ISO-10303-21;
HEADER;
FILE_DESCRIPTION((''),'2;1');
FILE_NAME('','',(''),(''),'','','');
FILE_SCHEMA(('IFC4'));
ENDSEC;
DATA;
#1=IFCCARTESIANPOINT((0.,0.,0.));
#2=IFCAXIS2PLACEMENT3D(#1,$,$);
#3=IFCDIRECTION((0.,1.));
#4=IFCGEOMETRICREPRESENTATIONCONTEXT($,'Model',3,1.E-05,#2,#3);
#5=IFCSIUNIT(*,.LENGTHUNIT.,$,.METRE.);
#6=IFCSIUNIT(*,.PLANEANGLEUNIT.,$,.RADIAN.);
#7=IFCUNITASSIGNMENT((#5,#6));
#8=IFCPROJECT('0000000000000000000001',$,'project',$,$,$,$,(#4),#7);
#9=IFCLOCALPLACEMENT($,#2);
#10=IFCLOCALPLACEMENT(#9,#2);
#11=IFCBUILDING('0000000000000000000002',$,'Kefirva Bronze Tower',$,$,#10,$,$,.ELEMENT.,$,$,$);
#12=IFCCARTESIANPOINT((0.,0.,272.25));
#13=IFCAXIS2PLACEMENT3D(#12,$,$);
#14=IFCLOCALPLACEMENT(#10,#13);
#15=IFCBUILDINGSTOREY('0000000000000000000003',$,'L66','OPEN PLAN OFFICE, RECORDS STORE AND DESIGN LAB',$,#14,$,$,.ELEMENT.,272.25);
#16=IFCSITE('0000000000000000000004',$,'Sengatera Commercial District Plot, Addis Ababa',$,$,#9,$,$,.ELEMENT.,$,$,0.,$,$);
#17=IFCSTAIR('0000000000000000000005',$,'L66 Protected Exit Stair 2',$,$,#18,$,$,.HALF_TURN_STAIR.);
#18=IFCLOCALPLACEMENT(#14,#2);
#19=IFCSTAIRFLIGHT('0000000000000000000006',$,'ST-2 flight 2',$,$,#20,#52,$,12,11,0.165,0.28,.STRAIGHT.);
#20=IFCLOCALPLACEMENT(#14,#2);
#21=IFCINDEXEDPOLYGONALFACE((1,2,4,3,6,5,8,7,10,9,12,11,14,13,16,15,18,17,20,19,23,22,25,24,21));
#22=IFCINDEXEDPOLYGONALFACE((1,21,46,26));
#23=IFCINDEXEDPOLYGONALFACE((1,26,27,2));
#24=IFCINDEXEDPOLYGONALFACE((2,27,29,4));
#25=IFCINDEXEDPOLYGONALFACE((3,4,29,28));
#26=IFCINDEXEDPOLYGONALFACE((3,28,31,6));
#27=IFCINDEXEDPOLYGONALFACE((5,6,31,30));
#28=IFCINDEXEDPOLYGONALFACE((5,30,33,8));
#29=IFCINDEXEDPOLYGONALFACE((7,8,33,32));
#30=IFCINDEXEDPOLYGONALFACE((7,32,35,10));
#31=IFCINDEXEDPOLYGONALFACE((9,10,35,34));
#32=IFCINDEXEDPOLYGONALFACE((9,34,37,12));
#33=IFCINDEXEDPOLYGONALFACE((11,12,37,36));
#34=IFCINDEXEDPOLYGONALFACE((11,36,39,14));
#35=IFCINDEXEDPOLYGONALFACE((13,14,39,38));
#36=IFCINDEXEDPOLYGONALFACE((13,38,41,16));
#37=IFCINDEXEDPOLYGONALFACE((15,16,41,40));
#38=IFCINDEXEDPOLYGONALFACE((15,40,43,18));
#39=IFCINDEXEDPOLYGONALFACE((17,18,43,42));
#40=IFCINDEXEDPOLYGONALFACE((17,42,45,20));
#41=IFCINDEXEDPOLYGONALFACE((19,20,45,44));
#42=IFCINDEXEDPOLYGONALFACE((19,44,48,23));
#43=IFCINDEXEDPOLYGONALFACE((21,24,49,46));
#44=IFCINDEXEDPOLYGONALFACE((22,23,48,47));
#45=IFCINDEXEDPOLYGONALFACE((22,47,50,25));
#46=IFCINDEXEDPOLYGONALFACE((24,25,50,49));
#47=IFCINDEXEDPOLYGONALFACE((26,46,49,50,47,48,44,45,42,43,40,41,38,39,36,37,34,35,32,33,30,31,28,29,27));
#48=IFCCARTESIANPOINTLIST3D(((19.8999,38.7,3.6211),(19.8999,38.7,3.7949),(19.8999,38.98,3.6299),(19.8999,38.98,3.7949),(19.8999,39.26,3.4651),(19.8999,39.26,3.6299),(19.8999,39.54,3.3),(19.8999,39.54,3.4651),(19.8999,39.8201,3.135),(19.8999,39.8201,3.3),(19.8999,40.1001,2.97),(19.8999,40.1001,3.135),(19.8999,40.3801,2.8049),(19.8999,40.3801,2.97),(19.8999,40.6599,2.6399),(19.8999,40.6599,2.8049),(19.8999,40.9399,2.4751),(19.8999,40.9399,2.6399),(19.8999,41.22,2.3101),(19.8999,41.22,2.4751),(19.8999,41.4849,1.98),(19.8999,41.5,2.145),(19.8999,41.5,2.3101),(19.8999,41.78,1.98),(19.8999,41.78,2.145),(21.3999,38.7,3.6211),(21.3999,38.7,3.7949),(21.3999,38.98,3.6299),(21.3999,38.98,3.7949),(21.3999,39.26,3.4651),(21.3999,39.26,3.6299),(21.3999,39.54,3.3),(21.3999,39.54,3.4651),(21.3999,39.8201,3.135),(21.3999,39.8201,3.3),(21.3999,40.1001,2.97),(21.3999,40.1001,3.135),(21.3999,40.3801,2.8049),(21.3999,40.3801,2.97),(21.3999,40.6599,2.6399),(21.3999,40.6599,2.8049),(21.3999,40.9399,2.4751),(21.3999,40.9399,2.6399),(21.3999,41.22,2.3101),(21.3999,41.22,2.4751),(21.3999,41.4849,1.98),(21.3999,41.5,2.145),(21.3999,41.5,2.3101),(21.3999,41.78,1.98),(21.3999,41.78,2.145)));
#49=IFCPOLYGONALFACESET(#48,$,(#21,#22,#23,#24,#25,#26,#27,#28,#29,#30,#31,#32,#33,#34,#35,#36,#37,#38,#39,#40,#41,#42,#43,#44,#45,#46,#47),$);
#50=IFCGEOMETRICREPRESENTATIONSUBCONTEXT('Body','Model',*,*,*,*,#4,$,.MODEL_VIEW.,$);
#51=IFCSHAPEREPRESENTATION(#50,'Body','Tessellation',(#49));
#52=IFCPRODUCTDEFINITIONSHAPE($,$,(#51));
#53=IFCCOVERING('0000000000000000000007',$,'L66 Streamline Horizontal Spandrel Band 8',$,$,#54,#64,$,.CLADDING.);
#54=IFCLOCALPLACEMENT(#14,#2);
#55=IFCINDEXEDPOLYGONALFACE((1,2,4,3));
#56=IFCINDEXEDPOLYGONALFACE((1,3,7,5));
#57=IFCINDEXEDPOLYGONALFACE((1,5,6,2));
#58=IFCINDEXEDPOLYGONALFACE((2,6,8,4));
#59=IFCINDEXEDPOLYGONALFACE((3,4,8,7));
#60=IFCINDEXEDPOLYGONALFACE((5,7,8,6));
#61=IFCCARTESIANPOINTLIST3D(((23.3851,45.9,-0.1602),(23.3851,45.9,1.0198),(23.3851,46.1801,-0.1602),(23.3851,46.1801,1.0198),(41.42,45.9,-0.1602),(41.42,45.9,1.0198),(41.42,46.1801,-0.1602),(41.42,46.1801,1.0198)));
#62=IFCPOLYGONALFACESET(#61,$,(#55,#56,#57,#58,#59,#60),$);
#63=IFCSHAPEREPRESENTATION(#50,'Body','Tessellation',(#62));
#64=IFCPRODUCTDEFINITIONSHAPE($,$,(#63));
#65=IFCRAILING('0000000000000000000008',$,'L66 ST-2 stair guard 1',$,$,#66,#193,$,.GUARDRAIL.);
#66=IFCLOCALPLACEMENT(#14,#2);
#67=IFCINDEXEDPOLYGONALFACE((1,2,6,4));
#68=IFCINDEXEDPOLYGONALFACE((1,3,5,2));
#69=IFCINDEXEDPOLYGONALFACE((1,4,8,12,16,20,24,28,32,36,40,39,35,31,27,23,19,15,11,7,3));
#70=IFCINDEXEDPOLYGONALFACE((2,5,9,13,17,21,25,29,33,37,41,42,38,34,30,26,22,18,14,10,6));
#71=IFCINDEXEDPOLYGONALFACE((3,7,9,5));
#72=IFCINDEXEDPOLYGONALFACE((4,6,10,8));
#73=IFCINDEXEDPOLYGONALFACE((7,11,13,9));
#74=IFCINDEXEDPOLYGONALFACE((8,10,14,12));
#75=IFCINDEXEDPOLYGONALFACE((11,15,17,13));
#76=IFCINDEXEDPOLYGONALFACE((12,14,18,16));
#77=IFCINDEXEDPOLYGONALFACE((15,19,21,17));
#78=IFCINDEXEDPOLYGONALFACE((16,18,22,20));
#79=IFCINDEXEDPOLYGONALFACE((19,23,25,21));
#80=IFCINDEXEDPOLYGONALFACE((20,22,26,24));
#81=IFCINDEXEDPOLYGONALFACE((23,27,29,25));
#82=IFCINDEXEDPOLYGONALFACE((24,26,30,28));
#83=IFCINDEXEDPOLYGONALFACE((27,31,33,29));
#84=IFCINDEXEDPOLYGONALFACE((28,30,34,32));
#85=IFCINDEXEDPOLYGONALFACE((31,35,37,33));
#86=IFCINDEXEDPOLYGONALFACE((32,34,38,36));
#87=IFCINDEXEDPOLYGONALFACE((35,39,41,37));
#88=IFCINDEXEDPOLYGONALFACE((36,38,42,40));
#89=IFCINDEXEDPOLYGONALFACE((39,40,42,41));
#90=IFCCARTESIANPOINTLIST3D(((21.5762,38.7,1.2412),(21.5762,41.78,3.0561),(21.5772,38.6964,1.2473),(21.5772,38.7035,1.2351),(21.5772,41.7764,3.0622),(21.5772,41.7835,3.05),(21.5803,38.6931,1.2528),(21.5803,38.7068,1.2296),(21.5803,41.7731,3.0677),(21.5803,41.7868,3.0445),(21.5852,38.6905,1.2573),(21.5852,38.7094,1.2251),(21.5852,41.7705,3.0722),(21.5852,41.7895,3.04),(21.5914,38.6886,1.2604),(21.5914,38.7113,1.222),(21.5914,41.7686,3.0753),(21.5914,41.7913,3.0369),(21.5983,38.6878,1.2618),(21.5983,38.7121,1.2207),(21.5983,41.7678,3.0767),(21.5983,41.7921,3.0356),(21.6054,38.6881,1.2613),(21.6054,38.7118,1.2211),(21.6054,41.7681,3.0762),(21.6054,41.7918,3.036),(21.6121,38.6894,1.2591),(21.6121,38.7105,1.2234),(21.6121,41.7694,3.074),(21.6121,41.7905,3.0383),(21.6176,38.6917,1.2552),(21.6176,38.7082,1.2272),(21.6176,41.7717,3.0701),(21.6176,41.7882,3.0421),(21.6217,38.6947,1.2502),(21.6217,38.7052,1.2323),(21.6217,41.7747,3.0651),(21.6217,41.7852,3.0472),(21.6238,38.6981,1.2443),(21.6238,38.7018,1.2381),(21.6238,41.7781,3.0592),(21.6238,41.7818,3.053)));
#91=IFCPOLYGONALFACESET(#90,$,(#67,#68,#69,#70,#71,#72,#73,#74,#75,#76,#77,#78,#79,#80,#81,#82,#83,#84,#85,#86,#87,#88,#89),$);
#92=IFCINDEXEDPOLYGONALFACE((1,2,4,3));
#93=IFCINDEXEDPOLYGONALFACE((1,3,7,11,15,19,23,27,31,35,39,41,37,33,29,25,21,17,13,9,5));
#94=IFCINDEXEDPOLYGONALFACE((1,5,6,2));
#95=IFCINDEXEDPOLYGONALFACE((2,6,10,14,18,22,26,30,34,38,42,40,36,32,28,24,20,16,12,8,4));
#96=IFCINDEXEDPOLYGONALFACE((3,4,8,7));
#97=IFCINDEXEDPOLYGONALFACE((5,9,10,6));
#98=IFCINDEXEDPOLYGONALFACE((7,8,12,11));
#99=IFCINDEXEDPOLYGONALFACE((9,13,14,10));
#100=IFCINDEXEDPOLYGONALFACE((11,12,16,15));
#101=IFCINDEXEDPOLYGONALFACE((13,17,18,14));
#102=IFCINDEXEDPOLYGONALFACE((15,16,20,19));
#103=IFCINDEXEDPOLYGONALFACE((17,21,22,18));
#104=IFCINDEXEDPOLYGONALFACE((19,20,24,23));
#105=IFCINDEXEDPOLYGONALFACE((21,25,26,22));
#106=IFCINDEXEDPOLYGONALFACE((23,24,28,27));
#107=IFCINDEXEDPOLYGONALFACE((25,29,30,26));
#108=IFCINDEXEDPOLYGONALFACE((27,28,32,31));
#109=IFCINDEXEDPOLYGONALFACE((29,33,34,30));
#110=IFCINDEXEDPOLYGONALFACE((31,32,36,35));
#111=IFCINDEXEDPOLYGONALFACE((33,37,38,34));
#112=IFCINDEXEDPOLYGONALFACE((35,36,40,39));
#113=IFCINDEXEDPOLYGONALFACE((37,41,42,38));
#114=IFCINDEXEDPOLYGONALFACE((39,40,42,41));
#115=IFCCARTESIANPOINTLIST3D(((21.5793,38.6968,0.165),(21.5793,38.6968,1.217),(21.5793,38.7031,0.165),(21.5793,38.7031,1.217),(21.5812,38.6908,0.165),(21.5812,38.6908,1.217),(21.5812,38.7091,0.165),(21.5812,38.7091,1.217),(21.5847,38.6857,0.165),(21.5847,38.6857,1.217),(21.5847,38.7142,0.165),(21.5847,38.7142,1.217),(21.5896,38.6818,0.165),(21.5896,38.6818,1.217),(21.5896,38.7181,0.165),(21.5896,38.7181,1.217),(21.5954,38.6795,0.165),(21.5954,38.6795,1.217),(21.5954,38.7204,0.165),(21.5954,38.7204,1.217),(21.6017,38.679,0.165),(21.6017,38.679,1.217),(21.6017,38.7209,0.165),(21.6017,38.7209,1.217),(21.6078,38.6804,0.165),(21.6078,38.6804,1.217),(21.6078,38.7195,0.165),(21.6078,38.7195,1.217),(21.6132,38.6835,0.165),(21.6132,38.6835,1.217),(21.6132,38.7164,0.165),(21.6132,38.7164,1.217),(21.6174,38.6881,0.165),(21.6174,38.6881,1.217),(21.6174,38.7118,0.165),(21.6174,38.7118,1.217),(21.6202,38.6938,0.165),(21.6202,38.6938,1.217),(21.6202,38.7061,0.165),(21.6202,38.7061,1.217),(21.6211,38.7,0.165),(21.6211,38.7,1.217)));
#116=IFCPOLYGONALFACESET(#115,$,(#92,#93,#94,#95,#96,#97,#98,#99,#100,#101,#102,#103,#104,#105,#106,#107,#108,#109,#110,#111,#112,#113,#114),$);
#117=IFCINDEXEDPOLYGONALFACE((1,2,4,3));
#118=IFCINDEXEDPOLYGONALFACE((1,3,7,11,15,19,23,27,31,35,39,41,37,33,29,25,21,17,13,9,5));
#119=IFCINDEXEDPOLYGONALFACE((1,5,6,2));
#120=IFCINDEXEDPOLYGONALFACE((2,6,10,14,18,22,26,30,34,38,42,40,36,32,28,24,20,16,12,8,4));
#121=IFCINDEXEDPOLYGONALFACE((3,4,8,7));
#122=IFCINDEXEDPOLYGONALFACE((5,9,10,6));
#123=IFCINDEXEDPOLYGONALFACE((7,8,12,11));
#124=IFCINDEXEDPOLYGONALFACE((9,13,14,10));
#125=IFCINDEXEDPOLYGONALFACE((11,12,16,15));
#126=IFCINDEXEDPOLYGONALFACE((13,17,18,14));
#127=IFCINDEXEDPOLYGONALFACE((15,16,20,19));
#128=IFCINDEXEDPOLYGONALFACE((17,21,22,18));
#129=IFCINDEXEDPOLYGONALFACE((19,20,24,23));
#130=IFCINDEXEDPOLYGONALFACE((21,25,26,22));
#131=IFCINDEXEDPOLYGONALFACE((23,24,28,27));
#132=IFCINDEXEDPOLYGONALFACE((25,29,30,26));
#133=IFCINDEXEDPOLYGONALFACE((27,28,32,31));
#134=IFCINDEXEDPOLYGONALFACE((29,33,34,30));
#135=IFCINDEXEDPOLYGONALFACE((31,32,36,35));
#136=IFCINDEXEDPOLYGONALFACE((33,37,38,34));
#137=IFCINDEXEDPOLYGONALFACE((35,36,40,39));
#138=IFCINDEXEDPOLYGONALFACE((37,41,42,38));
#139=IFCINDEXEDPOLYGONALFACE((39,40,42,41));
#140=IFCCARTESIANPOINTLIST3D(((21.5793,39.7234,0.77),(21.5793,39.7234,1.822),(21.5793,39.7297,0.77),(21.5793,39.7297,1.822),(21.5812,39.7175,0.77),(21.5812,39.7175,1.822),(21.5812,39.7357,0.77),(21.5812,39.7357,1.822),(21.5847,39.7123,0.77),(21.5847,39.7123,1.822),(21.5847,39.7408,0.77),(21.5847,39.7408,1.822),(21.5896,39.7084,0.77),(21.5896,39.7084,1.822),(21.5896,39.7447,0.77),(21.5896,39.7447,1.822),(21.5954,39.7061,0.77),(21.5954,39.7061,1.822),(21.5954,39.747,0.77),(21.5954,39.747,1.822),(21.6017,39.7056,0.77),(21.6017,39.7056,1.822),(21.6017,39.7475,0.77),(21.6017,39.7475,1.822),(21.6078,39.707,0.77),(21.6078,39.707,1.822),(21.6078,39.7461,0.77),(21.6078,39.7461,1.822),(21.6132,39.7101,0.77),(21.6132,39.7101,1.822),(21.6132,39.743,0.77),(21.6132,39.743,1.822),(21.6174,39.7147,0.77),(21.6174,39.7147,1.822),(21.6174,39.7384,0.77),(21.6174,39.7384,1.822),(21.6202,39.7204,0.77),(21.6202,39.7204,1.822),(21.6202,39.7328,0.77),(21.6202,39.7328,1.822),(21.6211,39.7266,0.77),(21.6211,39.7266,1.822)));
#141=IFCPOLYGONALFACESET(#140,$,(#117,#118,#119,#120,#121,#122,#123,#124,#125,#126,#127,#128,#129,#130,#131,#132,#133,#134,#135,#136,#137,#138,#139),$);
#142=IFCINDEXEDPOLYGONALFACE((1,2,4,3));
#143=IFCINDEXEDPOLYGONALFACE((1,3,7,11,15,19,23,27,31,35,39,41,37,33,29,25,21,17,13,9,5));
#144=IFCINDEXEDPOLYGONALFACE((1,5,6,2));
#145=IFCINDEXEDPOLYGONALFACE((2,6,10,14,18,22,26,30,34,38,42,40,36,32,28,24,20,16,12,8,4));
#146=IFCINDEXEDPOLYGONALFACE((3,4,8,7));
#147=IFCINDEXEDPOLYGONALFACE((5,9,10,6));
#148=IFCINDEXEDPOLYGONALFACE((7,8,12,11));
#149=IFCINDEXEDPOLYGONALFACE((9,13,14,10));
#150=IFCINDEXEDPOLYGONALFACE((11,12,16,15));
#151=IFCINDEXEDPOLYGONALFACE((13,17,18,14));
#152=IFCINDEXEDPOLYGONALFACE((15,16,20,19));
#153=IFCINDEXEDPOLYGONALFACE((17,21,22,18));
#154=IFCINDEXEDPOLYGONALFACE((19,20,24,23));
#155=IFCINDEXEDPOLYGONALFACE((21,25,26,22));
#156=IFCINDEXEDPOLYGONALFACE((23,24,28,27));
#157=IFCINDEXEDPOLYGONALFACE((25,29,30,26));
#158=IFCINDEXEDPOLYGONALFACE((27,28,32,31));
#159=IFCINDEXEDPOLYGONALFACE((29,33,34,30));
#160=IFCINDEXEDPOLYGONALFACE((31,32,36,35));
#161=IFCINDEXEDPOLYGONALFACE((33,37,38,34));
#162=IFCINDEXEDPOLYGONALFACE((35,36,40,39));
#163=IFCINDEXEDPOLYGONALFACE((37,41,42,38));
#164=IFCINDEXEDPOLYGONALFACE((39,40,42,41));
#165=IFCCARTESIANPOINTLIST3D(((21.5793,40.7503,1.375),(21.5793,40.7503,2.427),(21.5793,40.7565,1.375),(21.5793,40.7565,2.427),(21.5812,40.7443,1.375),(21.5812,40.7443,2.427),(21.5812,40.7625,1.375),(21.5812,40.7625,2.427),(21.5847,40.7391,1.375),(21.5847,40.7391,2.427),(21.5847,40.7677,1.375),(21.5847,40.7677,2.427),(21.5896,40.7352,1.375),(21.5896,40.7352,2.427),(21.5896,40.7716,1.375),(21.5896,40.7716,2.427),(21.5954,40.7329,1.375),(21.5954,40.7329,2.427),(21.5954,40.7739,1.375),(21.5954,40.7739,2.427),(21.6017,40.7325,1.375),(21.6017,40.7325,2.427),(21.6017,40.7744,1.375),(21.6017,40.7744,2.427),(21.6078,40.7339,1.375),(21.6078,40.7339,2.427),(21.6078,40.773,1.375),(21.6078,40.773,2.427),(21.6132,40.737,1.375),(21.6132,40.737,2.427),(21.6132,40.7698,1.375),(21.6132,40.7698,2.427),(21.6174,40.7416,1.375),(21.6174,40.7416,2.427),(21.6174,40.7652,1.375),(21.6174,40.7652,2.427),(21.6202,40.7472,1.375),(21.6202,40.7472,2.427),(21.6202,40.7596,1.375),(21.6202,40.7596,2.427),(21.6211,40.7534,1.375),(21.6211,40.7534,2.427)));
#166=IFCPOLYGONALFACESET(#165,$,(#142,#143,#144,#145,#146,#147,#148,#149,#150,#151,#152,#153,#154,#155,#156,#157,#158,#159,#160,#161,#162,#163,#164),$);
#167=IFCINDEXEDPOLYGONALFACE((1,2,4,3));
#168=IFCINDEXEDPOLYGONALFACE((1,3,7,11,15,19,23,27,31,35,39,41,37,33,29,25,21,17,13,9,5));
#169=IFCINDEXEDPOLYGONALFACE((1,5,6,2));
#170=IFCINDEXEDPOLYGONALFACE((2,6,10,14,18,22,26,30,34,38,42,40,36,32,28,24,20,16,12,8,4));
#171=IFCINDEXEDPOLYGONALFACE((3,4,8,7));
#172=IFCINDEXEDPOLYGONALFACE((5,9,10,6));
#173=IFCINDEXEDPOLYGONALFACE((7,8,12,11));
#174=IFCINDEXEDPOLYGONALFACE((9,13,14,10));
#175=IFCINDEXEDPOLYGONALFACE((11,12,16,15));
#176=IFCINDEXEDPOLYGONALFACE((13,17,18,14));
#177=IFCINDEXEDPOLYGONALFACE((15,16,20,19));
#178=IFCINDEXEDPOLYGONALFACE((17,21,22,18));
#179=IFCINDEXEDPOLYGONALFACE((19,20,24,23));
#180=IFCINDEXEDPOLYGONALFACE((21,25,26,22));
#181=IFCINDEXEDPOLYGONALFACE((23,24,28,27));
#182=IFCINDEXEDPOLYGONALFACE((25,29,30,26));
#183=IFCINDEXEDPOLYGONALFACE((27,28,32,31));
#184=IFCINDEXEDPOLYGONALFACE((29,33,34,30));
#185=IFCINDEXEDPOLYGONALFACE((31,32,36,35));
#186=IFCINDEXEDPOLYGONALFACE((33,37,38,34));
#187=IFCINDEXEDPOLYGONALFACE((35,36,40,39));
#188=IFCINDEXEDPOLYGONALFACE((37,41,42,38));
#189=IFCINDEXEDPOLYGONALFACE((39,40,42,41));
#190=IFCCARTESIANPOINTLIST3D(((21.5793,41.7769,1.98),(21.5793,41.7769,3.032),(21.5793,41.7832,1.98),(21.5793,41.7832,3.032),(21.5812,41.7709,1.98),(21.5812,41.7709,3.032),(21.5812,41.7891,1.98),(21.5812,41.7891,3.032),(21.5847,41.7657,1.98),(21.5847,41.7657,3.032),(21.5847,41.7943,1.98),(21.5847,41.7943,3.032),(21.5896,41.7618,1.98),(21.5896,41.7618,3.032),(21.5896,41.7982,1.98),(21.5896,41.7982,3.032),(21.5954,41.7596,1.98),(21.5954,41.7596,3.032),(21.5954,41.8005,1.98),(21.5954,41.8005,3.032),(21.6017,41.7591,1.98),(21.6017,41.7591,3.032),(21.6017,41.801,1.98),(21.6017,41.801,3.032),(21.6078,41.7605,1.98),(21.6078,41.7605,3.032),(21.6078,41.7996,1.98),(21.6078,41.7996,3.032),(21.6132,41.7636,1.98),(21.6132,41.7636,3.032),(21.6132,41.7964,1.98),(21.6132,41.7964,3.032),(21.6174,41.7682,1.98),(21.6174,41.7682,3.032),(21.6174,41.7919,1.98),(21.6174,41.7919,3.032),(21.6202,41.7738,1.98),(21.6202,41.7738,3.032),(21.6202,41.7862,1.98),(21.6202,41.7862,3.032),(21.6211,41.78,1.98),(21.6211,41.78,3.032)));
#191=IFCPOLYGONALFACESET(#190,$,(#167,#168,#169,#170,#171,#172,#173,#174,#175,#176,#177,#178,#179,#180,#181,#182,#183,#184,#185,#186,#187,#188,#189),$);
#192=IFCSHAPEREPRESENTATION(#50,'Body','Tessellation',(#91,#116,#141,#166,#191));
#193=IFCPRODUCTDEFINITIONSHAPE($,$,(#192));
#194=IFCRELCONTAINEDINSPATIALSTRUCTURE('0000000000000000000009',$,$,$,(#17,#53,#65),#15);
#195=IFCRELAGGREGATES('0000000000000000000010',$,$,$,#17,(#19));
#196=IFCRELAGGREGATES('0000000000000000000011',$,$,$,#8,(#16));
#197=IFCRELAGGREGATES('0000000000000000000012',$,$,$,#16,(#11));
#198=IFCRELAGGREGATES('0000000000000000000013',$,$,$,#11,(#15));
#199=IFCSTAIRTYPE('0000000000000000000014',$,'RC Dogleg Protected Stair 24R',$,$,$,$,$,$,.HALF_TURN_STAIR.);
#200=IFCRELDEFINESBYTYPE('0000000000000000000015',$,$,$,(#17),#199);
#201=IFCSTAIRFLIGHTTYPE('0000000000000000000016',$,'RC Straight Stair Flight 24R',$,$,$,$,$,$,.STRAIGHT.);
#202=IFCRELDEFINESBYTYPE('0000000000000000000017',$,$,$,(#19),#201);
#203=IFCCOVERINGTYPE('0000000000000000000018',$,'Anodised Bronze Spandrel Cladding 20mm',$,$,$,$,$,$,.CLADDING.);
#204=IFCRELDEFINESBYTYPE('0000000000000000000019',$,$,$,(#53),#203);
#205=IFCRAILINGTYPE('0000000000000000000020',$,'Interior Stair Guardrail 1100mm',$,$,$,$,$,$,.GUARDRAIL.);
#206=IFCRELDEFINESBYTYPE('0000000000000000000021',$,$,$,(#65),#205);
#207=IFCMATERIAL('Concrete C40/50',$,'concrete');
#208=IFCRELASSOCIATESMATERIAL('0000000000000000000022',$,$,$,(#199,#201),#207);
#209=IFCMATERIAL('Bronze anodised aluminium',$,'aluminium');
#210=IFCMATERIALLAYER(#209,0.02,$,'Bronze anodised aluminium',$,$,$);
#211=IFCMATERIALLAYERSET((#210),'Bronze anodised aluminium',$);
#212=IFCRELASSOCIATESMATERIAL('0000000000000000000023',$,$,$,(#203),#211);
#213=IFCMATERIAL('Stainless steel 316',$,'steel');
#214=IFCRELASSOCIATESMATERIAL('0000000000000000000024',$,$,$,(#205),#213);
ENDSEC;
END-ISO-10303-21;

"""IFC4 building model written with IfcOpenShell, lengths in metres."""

from ifc_helpers import new_model, si_unit, direction, frame, origin, origin_2d, place, context, subcontext, project, spatial, polyline, rectangle, circle, outline, extrude, material, layer, layer_set, type_object, element, aggregate, save


model = new_model("IFC4")

# Units and contexts
model_context = context("Model", 3, precision=1e-05, world=origin(), true_north=direction((0.0, 1.0)))
body_context = subcontext(model_context, "Body", "Model", "MODEL_VIEW")
ifc_project = project(units=[si_unit("LENGTHUNIT", "METRE"), si_unit("PLANEANGLEUNIT", "RADIAN")], contexts=[model_context])

# Site, building, storey
site_placement = place(None, origin())
site = spatial("IfcSite", under=ifc_project, at=site_placement, Name="Sengatera Commercial District Plot, Addis Ababa", CompositionType="ELEMENT", RefElevation=0.0)
building_placement = place(site_placement, origin())
building = spatial("IfcBuilding", under=site, at=building_placement, Name="Kefirva Bronze Tower", CompositionType="ELEMENT")
storey_placement = place(building_placement, frame((0.0, 0.0, 272.25)))
storey = spatial("IfcBuildingStorey", under=building, at=storey_placement, Name="L66", Description="OPEN PLAN OFFICE, RECORDS STORE AND DESIGN LAB", CompositionType="ELEMENT", Elevation=272.25)

# Shared definitions
ifc_material_1 = material(Name="Bronze anodised aluminium", Category="aluminium")

# Stair, stair flight
ifc_material_2 = material(Name="Concrete C40/50", Category="concrete")
stair_type = type_object("IfcStairType", Name="RC Dogleg Protected Stair 24R", PredefinedType="HALF_TURN_STAIR", material=ifc_material_2)
stair_placement = place(storey_placement, origin())
stair = element("IfcStair", 1, at=stair_placement, inside=storey, type_object=stair_type, Name="L66 Protected Exit Stair 2", PredefinedType="HALF_TURN_STAIR")
stair_flight_type = type_object("IfcStairFlightType", Name="RC Straight Stair Flight 24R", PredefinedType="STRAIGHT", material=ifc_material_2)
stair_flight_1_placement = place(storey_placement, frame((20.6499, 41.78, 1.98), z_axis=(0.0, 0.0, 1.0), x_axis=(0.0, -1.0, 0.0)))
stair_flight_1 = element("IfcStairFlight", 2, at=stair_flight_1_placement, type_object=stair_flight_type, Name="ST-2 flight 2", NumberOfRisers=12, NumberOfTreads=11, PredefinedType="STRAIGHT", RiserHeight=0.165, TreadLength=0.28, context=body_context, shape_type="SweptSolid", body=[
    extrude(outline(polyline([(0.0, 0.0), (0.0, 0.165), (0.28, 0.165), (0.28, 0.3301), (0.5601, 0.3301), (0.5601, 0.4951), (0.8401, 0.4951), (0.8401, 0.6599), (1.1201, 0.6599), (1.1201, 0.825), (1.3999, 0.825), (1.3999, 0.99), (1.6799, 0.99), (1.6799, 1.155), (1.96, 1.155), (1.96, 1.3201), (2.24, 1.3201), (2.24, 1.4851), (2.52, 1.4851), (2.52, 1.6499), (2.8, 1.6499), (2.8, 1.8149), (3.0801, 1.8149), (3.0801, 1.98), (3.0801, 1.6411), (0.2952, 0.0), (0.0, 0.0)])), frame((0.0, 0.75, 0.0), z_axis=(0.0, -1.0, 0.0), x_axis=(1.0, 0.0, 0.0)), (0.0, 0.0, 1.0), 1.5),
])
aggregate(stair, [stair_flight_1])

# Covering
ifc_layer_1 = layer(ifc_material_1, 0.02, Name="Bronze anodised aluminium")
ifc_layer_set_1 = layer_set([ifc_layer_1], Name="Bronze anodised aluminium")
covering_type_1 = type_object("IfcCoveringType", Name="Anodised Bronze Spandrel Cladding 20mm", PredefinedType="CLADDING", material=ifc_layer_set_1)
covering_1_placement = place(storey_placement, frame((32.4026, 46.04, -0.1602), z_axis=(0.0, 0.0, 1.0), x_axis=(-1.0, 0.0, 0.0)))
element("IfcCovering", 3, at=covering_1_placement, inside=storey, type_object=covering_type_1, Name="L66 Streamline Horizontal Spandrel Band 8", PredefinedType="CLADDING", context=body_context, shape_type="SweptSolid", body=[
    extrude(rectangle(XDim=18.0349, YDim=0.28, at=origin_2d()), origin(), (0.0, 0.0, 1.0), 1.1799),
])

# Railing
ifc_material_3 = material(Name="Stainless steel 316", Category="steel")
railing_type_1 = type_object("IfcRailingType", Name="Interior Stair Guardrail 1100mm", PredefinedType="GUARDRAIL", material=ifc_material_3)
railing_1_placement = place(storey_placement, frame((21.6001, 38.7, 0.165)))
element("IfcRailing", 4, at=railing_1_placement, inside=storey, type_object=railing_type_1, Name="L66 ST-2 stair guard 1", PredefinedType="GUARDRAIL", context=body_context, shape_type="SweptSolid", body=[
    extrude(circle(Radius=0.0239, at=origin_2d()), frame((0.0, 0.0, 1.0762), z_axis=(0.0, 0.861551, 0.507671), x_axis=(-1.0, 0.0, 0.0)), (0.0, 0.0, 1.0), 3.575),
    extrude(circle(Radius=0.021, at=origin_2d()), origin(), (0.0, 0.0, 1.0), 1.052),
    extrude(circle(Radius=0.021, at=origin_2d()), frame((0.0, 1.0266, 0.605)), (0.0, 0.0, 1.0), 1.052),
    extrude(circle(Radius=0.021, at=origin_2d()), frame((0.0, 2.0535, 1.21)), (0.0, 0.0, 1.0), 1.052),
    extrude(circle(Radius=0.021, at=origin_2d()), frame((0.0, 3.0801, 1.8149)), (0.0, 0.0, 1.0), 1.052),
])

save(model, "model.ifc")
